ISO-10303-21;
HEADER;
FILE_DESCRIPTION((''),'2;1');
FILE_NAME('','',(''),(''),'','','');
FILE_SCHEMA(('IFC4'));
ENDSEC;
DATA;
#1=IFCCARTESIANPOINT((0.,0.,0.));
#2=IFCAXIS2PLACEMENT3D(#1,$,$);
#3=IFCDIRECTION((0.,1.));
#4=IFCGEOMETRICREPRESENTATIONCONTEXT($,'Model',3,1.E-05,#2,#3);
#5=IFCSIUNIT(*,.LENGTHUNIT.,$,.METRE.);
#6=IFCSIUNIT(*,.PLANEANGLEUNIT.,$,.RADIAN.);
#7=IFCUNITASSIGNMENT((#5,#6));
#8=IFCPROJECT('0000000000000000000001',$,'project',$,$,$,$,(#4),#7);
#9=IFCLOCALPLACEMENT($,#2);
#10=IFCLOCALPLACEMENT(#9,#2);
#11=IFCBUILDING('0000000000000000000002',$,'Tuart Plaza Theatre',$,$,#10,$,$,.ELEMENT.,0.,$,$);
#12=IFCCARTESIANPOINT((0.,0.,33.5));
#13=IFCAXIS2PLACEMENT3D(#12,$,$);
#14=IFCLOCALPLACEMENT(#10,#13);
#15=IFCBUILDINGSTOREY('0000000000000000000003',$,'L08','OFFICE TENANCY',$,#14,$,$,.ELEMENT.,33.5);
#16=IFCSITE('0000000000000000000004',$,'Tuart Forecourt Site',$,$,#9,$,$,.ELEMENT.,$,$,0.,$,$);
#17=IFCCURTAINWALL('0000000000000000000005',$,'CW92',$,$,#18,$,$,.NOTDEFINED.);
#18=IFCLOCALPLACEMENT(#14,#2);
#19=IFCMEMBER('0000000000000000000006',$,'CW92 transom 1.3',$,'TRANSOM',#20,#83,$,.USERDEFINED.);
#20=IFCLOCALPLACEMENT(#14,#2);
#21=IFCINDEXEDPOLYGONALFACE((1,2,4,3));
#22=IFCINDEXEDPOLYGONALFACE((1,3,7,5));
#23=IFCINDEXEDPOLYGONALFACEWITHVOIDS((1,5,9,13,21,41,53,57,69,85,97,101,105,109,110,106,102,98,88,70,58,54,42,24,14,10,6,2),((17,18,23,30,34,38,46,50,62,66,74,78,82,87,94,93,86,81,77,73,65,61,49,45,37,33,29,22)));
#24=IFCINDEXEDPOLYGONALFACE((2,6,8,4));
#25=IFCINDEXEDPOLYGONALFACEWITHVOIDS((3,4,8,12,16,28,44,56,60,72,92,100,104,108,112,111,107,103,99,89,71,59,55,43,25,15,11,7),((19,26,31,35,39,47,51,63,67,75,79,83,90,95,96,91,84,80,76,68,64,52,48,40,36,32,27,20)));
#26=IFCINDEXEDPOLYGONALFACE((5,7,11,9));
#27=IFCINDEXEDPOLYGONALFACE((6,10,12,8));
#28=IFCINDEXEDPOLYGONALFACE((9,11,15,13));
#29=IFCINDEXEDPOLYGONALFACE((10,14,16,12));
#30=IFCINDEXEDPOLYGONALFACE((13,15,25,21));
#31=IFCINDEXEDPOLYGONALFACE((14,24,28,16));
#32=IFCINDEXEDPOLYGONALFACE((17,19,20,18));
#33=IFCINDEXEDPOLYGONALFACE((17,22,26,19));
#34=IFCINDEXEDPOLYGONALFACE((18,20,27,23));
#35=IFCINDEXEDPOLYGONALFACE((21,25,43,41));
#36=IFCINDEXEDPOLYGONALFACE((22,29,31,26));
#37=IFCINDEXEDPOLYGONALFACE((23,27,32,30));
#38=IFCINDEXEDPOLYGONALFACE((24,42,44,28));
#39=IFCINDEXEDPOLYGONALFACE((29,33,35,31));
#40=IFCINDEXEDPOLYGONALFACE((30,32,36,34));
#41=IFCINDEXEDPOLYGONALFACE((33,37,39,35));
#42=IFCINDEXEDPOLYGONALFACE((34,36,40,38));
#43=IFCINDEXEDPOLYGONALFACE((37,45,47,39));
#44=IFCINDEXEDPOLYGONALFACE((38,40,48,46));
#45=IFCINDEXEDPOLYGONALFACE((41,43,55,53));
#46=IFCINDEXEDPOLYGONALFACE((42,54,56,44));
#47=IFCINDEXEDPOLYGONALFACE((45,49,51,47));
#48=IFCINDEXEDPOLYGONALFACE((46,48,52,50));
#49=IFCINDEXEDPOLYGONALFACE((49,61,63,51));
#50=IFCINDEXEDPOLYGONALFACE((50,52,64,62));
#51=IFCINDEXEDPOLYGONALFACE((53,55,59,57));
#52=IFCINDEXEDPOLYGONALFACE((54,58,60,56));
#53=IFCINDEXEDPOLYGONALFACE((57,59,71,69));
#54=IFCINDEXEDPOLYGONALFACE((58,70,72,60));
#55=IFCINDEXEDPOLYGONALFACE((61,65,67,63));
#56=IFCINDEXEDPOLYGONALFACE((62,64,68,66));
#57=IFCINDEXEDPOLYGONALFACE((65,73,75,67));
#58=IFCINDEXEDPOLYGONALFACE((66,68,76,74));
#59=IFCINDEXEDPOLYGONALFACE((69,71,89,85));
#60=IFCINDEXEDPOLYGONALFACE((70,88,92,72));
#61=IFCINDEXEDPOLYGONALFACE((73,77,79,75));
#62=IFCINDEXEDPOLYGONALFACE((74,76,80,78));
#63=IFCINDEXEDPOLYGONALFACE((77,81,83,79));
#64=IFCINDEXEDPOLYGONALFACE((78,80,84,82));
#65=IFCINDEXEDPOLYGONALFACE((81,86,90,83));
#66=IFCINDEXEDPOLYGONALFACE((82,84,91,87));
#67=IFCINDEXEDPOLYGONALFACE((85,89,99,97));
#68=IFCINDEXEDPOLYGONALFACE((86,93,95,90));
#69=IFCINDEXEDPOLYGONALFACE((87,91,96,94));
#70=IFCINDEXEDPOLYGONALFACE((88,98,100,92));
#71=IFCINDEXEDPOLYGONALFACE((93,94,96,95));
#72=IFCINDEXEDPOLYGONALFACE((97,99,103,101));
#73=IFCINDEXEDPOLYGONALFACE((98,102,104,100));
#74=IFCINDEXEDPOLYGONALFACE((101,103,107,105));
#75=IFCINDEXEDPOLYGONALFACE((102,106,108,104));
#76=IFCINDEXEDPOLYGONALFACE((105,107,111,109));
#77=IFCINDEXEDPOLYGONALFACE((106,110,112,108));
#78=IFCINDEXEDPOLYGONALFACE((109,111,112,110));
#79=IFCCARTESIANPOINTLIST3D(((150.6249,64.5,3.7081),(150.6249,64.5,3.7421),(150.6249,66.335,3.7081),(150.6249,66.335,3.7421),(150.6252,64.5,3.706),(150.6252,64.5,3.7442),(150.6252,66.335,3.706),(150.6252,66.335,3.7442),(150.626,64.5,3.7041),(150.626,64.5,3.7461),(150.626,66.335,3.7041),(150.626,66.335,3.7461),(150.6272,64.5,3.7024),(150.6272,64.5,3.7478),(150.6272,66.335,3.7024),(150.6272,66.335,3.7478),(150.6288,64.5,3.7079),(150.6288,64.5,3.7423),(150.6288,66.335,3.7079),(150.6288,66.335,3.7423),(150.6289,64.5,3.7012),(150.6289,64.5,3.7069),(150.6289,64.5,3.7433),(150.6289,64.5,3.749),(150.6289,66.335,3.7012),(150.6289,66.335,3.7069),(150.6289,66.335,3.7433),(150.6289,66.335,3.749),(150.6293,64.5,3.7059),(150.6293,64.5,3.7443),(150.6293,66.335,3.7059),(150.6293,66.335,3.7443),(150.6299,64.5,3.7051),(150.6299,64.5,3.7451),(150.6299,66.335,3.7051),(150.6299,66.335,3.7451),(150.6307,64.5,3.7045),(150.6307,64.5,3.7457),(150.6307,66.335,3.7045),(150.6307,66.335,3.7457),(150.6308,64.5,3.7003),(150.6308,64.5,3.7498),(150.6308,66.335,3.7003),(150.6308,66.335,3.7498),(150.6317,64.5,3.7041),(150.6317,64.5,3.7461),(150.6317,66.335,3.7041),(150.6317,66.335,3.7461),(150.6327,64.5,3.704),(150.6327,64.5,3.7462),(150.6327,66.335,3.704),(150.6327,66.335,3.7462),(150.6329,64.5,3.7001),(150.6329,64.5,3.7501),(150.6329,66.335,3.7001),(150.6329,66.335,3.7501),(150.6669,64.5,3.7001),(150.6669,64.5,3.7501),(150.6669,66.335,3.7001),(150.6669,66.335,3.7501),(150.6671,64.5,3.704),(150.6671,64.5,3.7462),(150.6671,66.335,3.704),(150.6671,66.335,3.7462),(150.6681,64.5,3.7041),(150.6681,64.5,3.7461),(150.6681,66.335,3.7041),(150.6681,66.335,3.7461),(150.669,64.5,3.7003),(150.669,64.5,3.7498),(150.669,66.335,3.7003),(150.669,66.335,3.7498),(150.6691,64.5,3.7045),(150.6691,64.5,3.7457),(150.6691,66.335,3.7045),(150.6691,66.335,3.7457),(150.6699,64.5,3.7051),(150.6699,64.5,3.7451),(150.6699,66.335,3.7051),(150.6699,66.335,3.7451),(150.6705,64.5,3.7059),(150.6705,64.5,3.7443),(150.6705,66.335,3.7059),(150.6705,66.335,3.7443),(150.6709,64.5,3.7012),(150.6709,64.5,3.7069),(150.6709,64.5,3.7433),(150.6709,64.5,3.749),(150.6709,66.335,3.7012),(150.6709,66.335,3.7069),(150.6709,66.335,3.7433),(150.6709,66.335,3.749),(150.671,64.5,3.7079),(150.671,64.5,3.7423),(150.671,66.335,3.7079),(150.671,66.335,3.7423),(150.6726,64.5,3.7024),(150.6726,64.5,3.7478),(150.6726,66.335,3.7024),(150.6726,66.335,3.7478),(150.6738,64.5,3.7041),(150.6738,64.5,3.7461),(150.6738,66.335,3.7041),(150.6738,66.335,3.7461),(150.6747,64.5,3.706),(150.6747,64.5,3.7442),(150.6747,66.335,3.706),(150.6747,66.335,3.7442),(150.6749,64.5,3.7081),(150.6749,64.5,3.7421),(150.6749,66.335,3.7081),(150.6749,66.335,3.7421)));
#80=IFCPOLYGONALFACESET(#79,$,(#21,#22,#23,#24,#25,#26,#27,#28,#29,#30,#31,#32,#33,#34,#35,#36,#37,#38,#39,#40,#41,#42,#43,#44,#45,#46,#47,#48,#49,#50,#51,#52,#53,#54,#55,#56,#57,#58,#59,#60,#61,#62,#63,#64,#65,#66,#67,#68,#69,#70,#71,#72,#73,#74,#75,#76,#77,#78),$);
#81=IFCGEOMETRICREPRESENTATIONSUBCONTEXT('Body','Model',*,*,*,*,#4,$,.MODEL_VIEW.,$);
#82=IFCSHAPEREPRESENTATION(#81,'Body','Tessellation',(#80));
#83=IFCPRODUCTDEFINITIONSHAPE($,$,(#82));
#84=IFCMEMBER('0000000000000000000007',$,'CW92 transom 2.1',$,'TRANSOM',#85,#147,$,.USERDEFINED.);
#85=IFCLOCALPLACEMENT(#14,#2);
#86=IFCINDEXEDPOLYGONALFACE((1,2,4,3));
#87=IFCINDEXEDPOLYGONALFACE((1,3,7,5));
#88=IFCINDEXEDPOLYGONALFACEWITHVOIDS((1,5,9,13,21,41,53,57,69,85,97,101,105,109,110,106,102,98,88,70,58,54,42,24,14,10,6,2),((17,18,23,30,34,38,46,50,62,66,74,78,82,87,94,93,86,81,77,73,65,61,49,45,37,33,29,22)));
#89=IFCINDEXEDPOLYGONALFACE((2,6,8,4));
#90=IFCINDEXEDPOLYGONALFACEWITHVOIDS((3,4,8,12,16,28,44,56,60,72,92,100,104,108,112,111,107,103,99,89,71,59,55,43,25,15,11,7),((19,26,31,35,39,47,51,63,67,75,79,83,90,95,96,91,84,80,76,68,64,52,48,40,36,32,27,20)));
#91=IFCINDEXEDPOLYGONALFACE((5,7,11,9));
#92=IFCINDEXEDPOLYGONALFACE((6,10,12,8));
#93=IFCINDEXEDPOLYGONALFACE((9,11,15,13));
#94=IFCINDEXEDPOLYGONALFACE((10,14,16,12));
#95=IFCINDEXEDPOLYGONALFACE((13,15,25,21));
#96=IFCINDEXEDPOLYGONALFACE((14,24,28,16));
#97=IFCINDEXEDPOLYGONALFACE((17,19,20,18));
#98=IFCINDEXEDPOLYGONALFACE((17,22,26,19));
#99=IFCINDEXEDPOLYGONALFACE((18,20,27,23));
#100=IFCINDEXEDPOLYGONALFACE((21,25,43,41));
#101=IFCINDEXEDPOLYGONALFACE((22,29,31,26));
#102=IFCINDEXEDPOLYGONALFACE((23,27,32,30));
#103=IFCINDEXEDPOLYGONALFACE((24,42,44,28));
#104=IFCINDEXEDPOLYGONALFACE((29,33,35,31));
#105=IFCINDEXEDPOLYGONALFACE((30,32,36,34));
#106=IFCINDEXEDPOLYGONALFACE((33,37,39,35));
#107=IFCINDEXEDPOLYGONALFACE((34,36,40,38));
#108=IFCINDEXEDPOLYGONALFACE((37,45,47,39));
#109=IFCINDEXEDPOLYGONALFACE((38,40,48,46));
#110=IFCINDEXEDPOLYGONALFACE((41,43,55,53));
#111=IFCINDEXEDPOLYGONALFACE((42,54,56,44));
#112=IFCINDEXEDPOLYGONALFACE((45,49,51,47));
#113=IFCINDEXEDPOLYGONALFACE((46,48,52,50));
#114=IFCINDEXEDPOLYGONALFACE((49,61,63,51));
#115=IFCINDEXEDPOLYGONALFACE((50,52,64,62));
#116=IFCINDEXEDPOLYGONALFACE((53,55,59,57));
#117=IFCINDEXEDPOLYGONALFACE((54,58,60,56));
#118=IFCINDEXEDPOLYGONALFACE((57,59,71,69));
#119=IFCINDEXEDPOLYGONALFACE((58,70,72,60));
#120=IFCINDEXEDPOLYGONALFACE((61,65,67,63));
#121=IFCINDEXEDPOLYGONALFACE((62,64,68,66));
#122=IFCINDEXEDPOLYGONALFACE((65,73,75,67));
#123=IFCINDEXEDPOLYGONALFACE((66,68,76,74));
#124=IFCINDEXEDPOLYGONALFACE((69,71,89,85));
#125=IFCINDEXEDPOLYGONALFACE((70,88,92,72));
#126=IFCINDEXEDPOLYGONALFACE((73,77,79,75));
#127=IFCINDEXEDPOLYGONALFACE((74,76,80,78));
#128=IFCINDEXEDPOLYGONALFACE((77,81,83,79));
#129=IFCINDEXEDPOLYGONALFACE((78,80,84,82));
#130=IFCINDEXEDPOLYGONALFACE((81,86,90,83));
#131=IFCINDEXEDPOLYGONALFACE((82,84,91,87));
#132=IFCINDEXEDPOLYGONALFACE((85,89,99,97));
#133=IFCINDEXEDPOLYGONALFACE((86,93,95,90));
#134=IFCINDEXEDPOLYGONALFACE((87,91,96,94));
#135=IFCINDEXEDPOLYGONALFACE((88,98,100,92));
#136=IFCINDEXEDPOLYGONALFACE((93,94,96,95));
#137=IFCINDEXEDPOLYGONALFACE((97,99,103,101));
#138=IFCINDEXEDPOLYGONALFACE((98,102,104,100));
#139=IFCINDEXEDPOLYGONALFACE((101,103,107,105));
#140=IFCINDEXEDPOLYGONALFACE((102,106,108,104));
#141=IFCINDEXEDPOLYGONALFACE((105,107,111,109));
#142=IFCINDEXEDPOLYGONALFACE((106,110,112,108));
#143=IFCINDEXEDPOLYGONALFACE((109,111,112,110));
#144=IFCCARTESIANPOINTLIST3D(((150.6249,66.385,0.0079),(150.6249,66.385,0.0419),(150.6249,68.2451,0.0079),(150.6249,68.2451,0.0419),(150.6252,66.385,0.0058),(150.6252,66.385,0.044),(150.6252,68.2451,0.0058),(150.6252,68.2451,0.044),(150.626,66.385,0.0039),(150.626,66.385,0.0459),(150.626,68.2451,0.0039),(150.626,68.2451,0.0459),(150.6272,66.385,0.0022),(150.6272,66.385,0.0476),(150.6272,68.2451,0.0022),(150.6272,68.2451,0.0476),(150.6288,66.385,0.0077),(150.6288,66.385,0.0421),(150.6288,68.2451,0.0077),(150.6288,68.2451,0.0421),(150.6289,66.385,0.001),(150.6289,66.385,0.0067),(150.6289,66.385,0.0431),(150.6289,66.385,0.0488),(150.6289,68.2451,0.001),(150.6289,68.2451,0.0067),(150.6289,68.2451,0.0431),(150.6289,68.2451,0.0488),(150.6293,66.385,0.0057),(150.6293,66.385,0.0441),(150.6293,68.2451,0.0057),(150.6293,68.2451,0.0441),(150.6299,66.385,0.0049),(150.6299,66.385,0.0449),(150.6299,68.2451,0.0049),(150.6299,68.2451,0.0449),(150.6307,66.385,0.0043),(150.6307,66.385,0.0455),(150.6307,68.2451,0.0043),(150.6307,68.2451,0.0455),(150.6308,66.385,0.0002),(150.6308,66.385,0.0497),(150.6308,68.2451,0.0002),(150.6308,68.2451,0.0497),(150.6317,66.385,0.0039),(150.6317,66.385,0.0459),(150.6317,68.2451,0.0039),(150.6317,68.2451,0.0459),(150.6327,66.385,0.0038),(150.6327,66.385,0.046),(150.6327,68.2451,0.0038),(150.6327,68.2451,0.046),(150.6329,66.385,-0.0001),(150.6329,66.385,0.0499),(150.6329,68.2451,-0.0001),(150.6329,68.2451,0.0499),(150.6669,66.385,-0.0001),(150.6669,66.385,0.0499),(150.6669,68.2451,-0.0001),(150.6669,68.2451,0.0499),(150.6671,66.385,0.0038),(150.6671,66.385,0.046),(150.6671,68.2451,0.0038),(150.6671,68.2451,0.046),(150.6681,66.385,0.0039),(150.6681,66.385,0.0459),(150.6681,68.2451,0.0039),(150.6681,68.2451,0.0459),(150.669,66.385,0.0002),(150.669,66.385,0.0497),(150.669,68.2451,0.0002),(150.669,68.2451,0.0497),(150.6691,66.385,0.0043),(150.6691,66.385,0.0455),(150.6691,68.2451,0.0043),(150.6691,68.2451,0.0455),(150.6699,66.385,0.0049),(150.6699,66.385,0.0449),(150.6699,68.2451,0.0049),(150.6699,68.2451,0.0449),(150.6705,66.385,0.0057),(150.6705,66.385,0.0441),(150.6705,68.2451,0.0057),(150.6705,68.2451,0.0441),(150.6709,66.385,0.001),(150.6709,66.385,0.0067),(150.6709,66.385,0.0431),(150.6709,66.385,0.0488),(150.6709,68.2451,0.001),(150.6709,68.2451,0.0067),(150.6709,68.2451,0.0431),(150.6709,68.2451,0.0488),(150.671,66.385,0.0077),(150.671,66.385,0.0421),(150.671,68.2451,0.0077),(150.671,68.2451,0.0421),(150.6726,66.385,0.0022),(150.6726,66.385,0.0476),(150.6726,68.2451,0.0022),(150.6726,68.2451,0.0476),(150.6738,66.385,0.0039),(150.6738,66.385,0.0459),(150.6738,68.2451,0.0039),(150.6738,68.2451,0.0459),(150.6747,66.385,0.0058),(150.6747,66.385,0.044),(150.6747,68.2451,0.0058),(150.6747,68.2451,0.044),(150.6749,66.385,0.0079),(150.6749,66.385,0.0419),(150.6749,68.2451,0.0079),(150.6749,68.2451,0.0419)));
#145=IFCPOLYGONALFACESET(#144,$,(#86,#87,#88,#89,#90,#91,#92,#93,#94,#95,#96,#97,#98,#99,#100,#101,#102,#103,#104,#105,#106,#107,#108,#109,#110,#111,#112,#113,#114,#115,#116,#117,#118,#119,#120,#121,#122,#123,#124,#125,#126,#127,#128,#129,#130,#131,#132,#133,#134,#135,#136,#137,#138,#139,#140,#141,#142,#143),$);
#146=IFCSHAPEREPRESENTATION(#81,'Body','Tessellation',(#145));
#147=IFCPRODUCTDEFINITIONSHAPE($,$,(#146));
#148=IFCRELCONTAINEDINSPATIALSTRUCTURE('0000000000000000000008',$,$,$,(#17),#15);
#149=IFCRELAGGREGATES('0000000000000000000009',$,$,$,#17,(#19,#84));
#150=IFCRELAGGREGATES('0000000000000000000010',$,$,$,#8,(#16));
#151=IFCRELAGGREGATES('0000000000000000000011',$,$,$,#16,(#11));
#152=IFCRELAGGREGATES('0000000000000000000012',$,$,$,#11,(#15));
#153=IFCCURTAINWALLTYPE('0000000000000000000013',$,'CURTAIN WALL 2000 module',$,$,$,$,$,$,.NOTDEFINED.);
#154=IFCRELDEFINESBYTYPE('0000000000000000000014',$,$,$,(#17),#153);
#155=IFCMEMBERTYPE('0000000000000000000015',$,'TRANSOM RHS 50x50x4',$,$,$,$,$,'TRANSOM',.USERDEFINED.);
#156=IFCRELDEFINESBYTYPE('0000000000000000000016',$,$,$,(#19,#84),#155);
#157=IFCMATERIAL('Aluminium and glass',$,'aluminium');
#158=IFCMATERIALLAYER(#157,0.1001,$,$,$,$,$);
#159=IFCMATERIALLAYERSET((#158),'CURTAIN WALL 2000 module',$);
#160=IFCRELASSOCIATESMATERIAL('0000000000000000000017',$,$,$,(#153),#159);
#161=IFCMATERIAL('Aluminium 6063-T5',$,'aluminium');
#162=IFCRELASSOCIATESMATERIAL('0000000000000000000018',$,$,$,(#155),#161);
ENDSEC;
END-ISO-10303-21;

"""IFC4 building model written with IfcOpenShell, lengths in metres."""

from ifc_helpers import new_model, si_unit, direction, frame, origin, origin_2d, place, context, subcontext, project, spatial, hollow_rectangle, extrude, material, layer, layer_set, material_profile, profile_set, type_object, element, aggregate, save


model = new_model("IFC4")

# Units and contexts
model_context = context("Model", 3, precision=1e-05, world=origin(), true_north=direction((0.0, 1.0)))
body_context = subcontext(model_context, "Body", "Model", "MODEL_VIEW")
ifc_project = project(units=[si_unit("LENGTHUNIT", "METRE"), si_unit("PLANEANGLEUNIT", "RADIAN")], contexts=[model_context])

# Site, building, storey
site_placement = place(None, origin())
site = spatial("IfcSite", under=ifc_project, at=site_placement, Name="Tuart Forecourt Site", CompositionType="ELEMENT", RefElevation=0.0)
building_placement = place(site_placement, origin())
building = spatial("IfcBuilding", under=site, at=building_placement, Name="Tuart Plaza Theatre", CompositionType="ELEMENT", ElevationOfRefHeight=0.0)
storey_placement = place(building_placement, frame((0.0, 0.0, 33.5)))
storey = spatial("IfcBuildingStorey", under=building, at=storey_placement, Name="L08", Description="OFFICE TENANCY", CompositionType="ELEMENT", Elevation=33.5)

# Curtain wall
ifc_material_1 = material(Name="Aluminium and glass", Category="aluminium")
ifc_layer_1 = layer(ifc_material_1, 0.1001)
ifc_layer_set_1 = layer_set([ifc_layer_1], Name="CURTAIN WALL 2000 module")
curtain_wall_type = type_object("IfcCurtainWallType", Name="CURTAIN WALL 2000 module", PredefinedType="NOTDEFINED", material=ifc_layer_set_1)
curtain_wall_1_placement = place(storey_placement, origin())
curtain_wall_1 = element("IfcCurtainWall", 1, at=curtain_wall_1_placement, inside=storey, type_object=curtain_wall_type, Name="CW92", PredefinedType="NOTDEFINED")

# Members
ifc_material_2 = material(Name="Aluminium 6063-T5", Category="aluminium")
ifc_material_profile_1 = material_profile(ifc_material_2, hollow_rectangle(XDim=0.05, YDim=0.05, WallThickness=0.0039, InnerFilletRadius=0.0039, OuterFilletRadius=0.0081, at=origin_2d()), Name="RHS 50x50x4")
ifc_profile_set_1 = profile_set([ifc_material_profile_1], Name="Aluminium 6063-T5")
member_type_1 = type_object("IfcMemberType", Name="TRANSOM RHS 50x50x4", ElementType="TRANSOM", PredefinedType="USERDEFINED", material=ifc_profile_set_1)
member_1_placement = place(storey_placement, frame((150.6499, 64.5, 3.7251), z_axis=(0.0, 1.0, 0.0), x_axis=(-1.0, 0.0, 0.0)))
member_1 = element("IfcMember", 2, at=member_1_placement, type_object=member_type_1, Name="CW92 transom 1.3", ObjectType="TRANSOM", PredefinedType="USERDEFINED", context=body_context, shape_type="SweptSolid", body=[
    extrude(hollow_rectangle(XDim=0.05, YDim=0.05, WallThickness=0.0039, InnerFilletRadius=0.0039, OuterFilletRadius=0.0081, at=origin_2d()), origin(), (0.0, 0.0, 1.0), 1.835),
])
member_2_placement = place(storey_placement, frame((150.6499, 66.385, 0.0249), z_axis=(0.0, 1.0, 0.0), x_axis=(-1.0, 0.0, 0.0)))
member_2 = element("IfcMember", 3, at=member_2_placement, type_object=member_type_1, Name="CW92 transom 2.1", ObjectType="TRANSOM", PredefinedType="USERDEFINED", context=body_context, shape_type="SweptSolid", body=[
    extrude(hollow_rectangle(XDim=0.05, YDim=0.05, WallThickness=0.0039, InnerFilletRadius=0.0039, OuterFilletRadius=0.0081, at=origin_2d()), origin(), (0.0, 0.0, 1.0), 1.8601),
])

aggregate(curtain_wall_1, [member_1, member_2])

save(model, "model.ifc")
